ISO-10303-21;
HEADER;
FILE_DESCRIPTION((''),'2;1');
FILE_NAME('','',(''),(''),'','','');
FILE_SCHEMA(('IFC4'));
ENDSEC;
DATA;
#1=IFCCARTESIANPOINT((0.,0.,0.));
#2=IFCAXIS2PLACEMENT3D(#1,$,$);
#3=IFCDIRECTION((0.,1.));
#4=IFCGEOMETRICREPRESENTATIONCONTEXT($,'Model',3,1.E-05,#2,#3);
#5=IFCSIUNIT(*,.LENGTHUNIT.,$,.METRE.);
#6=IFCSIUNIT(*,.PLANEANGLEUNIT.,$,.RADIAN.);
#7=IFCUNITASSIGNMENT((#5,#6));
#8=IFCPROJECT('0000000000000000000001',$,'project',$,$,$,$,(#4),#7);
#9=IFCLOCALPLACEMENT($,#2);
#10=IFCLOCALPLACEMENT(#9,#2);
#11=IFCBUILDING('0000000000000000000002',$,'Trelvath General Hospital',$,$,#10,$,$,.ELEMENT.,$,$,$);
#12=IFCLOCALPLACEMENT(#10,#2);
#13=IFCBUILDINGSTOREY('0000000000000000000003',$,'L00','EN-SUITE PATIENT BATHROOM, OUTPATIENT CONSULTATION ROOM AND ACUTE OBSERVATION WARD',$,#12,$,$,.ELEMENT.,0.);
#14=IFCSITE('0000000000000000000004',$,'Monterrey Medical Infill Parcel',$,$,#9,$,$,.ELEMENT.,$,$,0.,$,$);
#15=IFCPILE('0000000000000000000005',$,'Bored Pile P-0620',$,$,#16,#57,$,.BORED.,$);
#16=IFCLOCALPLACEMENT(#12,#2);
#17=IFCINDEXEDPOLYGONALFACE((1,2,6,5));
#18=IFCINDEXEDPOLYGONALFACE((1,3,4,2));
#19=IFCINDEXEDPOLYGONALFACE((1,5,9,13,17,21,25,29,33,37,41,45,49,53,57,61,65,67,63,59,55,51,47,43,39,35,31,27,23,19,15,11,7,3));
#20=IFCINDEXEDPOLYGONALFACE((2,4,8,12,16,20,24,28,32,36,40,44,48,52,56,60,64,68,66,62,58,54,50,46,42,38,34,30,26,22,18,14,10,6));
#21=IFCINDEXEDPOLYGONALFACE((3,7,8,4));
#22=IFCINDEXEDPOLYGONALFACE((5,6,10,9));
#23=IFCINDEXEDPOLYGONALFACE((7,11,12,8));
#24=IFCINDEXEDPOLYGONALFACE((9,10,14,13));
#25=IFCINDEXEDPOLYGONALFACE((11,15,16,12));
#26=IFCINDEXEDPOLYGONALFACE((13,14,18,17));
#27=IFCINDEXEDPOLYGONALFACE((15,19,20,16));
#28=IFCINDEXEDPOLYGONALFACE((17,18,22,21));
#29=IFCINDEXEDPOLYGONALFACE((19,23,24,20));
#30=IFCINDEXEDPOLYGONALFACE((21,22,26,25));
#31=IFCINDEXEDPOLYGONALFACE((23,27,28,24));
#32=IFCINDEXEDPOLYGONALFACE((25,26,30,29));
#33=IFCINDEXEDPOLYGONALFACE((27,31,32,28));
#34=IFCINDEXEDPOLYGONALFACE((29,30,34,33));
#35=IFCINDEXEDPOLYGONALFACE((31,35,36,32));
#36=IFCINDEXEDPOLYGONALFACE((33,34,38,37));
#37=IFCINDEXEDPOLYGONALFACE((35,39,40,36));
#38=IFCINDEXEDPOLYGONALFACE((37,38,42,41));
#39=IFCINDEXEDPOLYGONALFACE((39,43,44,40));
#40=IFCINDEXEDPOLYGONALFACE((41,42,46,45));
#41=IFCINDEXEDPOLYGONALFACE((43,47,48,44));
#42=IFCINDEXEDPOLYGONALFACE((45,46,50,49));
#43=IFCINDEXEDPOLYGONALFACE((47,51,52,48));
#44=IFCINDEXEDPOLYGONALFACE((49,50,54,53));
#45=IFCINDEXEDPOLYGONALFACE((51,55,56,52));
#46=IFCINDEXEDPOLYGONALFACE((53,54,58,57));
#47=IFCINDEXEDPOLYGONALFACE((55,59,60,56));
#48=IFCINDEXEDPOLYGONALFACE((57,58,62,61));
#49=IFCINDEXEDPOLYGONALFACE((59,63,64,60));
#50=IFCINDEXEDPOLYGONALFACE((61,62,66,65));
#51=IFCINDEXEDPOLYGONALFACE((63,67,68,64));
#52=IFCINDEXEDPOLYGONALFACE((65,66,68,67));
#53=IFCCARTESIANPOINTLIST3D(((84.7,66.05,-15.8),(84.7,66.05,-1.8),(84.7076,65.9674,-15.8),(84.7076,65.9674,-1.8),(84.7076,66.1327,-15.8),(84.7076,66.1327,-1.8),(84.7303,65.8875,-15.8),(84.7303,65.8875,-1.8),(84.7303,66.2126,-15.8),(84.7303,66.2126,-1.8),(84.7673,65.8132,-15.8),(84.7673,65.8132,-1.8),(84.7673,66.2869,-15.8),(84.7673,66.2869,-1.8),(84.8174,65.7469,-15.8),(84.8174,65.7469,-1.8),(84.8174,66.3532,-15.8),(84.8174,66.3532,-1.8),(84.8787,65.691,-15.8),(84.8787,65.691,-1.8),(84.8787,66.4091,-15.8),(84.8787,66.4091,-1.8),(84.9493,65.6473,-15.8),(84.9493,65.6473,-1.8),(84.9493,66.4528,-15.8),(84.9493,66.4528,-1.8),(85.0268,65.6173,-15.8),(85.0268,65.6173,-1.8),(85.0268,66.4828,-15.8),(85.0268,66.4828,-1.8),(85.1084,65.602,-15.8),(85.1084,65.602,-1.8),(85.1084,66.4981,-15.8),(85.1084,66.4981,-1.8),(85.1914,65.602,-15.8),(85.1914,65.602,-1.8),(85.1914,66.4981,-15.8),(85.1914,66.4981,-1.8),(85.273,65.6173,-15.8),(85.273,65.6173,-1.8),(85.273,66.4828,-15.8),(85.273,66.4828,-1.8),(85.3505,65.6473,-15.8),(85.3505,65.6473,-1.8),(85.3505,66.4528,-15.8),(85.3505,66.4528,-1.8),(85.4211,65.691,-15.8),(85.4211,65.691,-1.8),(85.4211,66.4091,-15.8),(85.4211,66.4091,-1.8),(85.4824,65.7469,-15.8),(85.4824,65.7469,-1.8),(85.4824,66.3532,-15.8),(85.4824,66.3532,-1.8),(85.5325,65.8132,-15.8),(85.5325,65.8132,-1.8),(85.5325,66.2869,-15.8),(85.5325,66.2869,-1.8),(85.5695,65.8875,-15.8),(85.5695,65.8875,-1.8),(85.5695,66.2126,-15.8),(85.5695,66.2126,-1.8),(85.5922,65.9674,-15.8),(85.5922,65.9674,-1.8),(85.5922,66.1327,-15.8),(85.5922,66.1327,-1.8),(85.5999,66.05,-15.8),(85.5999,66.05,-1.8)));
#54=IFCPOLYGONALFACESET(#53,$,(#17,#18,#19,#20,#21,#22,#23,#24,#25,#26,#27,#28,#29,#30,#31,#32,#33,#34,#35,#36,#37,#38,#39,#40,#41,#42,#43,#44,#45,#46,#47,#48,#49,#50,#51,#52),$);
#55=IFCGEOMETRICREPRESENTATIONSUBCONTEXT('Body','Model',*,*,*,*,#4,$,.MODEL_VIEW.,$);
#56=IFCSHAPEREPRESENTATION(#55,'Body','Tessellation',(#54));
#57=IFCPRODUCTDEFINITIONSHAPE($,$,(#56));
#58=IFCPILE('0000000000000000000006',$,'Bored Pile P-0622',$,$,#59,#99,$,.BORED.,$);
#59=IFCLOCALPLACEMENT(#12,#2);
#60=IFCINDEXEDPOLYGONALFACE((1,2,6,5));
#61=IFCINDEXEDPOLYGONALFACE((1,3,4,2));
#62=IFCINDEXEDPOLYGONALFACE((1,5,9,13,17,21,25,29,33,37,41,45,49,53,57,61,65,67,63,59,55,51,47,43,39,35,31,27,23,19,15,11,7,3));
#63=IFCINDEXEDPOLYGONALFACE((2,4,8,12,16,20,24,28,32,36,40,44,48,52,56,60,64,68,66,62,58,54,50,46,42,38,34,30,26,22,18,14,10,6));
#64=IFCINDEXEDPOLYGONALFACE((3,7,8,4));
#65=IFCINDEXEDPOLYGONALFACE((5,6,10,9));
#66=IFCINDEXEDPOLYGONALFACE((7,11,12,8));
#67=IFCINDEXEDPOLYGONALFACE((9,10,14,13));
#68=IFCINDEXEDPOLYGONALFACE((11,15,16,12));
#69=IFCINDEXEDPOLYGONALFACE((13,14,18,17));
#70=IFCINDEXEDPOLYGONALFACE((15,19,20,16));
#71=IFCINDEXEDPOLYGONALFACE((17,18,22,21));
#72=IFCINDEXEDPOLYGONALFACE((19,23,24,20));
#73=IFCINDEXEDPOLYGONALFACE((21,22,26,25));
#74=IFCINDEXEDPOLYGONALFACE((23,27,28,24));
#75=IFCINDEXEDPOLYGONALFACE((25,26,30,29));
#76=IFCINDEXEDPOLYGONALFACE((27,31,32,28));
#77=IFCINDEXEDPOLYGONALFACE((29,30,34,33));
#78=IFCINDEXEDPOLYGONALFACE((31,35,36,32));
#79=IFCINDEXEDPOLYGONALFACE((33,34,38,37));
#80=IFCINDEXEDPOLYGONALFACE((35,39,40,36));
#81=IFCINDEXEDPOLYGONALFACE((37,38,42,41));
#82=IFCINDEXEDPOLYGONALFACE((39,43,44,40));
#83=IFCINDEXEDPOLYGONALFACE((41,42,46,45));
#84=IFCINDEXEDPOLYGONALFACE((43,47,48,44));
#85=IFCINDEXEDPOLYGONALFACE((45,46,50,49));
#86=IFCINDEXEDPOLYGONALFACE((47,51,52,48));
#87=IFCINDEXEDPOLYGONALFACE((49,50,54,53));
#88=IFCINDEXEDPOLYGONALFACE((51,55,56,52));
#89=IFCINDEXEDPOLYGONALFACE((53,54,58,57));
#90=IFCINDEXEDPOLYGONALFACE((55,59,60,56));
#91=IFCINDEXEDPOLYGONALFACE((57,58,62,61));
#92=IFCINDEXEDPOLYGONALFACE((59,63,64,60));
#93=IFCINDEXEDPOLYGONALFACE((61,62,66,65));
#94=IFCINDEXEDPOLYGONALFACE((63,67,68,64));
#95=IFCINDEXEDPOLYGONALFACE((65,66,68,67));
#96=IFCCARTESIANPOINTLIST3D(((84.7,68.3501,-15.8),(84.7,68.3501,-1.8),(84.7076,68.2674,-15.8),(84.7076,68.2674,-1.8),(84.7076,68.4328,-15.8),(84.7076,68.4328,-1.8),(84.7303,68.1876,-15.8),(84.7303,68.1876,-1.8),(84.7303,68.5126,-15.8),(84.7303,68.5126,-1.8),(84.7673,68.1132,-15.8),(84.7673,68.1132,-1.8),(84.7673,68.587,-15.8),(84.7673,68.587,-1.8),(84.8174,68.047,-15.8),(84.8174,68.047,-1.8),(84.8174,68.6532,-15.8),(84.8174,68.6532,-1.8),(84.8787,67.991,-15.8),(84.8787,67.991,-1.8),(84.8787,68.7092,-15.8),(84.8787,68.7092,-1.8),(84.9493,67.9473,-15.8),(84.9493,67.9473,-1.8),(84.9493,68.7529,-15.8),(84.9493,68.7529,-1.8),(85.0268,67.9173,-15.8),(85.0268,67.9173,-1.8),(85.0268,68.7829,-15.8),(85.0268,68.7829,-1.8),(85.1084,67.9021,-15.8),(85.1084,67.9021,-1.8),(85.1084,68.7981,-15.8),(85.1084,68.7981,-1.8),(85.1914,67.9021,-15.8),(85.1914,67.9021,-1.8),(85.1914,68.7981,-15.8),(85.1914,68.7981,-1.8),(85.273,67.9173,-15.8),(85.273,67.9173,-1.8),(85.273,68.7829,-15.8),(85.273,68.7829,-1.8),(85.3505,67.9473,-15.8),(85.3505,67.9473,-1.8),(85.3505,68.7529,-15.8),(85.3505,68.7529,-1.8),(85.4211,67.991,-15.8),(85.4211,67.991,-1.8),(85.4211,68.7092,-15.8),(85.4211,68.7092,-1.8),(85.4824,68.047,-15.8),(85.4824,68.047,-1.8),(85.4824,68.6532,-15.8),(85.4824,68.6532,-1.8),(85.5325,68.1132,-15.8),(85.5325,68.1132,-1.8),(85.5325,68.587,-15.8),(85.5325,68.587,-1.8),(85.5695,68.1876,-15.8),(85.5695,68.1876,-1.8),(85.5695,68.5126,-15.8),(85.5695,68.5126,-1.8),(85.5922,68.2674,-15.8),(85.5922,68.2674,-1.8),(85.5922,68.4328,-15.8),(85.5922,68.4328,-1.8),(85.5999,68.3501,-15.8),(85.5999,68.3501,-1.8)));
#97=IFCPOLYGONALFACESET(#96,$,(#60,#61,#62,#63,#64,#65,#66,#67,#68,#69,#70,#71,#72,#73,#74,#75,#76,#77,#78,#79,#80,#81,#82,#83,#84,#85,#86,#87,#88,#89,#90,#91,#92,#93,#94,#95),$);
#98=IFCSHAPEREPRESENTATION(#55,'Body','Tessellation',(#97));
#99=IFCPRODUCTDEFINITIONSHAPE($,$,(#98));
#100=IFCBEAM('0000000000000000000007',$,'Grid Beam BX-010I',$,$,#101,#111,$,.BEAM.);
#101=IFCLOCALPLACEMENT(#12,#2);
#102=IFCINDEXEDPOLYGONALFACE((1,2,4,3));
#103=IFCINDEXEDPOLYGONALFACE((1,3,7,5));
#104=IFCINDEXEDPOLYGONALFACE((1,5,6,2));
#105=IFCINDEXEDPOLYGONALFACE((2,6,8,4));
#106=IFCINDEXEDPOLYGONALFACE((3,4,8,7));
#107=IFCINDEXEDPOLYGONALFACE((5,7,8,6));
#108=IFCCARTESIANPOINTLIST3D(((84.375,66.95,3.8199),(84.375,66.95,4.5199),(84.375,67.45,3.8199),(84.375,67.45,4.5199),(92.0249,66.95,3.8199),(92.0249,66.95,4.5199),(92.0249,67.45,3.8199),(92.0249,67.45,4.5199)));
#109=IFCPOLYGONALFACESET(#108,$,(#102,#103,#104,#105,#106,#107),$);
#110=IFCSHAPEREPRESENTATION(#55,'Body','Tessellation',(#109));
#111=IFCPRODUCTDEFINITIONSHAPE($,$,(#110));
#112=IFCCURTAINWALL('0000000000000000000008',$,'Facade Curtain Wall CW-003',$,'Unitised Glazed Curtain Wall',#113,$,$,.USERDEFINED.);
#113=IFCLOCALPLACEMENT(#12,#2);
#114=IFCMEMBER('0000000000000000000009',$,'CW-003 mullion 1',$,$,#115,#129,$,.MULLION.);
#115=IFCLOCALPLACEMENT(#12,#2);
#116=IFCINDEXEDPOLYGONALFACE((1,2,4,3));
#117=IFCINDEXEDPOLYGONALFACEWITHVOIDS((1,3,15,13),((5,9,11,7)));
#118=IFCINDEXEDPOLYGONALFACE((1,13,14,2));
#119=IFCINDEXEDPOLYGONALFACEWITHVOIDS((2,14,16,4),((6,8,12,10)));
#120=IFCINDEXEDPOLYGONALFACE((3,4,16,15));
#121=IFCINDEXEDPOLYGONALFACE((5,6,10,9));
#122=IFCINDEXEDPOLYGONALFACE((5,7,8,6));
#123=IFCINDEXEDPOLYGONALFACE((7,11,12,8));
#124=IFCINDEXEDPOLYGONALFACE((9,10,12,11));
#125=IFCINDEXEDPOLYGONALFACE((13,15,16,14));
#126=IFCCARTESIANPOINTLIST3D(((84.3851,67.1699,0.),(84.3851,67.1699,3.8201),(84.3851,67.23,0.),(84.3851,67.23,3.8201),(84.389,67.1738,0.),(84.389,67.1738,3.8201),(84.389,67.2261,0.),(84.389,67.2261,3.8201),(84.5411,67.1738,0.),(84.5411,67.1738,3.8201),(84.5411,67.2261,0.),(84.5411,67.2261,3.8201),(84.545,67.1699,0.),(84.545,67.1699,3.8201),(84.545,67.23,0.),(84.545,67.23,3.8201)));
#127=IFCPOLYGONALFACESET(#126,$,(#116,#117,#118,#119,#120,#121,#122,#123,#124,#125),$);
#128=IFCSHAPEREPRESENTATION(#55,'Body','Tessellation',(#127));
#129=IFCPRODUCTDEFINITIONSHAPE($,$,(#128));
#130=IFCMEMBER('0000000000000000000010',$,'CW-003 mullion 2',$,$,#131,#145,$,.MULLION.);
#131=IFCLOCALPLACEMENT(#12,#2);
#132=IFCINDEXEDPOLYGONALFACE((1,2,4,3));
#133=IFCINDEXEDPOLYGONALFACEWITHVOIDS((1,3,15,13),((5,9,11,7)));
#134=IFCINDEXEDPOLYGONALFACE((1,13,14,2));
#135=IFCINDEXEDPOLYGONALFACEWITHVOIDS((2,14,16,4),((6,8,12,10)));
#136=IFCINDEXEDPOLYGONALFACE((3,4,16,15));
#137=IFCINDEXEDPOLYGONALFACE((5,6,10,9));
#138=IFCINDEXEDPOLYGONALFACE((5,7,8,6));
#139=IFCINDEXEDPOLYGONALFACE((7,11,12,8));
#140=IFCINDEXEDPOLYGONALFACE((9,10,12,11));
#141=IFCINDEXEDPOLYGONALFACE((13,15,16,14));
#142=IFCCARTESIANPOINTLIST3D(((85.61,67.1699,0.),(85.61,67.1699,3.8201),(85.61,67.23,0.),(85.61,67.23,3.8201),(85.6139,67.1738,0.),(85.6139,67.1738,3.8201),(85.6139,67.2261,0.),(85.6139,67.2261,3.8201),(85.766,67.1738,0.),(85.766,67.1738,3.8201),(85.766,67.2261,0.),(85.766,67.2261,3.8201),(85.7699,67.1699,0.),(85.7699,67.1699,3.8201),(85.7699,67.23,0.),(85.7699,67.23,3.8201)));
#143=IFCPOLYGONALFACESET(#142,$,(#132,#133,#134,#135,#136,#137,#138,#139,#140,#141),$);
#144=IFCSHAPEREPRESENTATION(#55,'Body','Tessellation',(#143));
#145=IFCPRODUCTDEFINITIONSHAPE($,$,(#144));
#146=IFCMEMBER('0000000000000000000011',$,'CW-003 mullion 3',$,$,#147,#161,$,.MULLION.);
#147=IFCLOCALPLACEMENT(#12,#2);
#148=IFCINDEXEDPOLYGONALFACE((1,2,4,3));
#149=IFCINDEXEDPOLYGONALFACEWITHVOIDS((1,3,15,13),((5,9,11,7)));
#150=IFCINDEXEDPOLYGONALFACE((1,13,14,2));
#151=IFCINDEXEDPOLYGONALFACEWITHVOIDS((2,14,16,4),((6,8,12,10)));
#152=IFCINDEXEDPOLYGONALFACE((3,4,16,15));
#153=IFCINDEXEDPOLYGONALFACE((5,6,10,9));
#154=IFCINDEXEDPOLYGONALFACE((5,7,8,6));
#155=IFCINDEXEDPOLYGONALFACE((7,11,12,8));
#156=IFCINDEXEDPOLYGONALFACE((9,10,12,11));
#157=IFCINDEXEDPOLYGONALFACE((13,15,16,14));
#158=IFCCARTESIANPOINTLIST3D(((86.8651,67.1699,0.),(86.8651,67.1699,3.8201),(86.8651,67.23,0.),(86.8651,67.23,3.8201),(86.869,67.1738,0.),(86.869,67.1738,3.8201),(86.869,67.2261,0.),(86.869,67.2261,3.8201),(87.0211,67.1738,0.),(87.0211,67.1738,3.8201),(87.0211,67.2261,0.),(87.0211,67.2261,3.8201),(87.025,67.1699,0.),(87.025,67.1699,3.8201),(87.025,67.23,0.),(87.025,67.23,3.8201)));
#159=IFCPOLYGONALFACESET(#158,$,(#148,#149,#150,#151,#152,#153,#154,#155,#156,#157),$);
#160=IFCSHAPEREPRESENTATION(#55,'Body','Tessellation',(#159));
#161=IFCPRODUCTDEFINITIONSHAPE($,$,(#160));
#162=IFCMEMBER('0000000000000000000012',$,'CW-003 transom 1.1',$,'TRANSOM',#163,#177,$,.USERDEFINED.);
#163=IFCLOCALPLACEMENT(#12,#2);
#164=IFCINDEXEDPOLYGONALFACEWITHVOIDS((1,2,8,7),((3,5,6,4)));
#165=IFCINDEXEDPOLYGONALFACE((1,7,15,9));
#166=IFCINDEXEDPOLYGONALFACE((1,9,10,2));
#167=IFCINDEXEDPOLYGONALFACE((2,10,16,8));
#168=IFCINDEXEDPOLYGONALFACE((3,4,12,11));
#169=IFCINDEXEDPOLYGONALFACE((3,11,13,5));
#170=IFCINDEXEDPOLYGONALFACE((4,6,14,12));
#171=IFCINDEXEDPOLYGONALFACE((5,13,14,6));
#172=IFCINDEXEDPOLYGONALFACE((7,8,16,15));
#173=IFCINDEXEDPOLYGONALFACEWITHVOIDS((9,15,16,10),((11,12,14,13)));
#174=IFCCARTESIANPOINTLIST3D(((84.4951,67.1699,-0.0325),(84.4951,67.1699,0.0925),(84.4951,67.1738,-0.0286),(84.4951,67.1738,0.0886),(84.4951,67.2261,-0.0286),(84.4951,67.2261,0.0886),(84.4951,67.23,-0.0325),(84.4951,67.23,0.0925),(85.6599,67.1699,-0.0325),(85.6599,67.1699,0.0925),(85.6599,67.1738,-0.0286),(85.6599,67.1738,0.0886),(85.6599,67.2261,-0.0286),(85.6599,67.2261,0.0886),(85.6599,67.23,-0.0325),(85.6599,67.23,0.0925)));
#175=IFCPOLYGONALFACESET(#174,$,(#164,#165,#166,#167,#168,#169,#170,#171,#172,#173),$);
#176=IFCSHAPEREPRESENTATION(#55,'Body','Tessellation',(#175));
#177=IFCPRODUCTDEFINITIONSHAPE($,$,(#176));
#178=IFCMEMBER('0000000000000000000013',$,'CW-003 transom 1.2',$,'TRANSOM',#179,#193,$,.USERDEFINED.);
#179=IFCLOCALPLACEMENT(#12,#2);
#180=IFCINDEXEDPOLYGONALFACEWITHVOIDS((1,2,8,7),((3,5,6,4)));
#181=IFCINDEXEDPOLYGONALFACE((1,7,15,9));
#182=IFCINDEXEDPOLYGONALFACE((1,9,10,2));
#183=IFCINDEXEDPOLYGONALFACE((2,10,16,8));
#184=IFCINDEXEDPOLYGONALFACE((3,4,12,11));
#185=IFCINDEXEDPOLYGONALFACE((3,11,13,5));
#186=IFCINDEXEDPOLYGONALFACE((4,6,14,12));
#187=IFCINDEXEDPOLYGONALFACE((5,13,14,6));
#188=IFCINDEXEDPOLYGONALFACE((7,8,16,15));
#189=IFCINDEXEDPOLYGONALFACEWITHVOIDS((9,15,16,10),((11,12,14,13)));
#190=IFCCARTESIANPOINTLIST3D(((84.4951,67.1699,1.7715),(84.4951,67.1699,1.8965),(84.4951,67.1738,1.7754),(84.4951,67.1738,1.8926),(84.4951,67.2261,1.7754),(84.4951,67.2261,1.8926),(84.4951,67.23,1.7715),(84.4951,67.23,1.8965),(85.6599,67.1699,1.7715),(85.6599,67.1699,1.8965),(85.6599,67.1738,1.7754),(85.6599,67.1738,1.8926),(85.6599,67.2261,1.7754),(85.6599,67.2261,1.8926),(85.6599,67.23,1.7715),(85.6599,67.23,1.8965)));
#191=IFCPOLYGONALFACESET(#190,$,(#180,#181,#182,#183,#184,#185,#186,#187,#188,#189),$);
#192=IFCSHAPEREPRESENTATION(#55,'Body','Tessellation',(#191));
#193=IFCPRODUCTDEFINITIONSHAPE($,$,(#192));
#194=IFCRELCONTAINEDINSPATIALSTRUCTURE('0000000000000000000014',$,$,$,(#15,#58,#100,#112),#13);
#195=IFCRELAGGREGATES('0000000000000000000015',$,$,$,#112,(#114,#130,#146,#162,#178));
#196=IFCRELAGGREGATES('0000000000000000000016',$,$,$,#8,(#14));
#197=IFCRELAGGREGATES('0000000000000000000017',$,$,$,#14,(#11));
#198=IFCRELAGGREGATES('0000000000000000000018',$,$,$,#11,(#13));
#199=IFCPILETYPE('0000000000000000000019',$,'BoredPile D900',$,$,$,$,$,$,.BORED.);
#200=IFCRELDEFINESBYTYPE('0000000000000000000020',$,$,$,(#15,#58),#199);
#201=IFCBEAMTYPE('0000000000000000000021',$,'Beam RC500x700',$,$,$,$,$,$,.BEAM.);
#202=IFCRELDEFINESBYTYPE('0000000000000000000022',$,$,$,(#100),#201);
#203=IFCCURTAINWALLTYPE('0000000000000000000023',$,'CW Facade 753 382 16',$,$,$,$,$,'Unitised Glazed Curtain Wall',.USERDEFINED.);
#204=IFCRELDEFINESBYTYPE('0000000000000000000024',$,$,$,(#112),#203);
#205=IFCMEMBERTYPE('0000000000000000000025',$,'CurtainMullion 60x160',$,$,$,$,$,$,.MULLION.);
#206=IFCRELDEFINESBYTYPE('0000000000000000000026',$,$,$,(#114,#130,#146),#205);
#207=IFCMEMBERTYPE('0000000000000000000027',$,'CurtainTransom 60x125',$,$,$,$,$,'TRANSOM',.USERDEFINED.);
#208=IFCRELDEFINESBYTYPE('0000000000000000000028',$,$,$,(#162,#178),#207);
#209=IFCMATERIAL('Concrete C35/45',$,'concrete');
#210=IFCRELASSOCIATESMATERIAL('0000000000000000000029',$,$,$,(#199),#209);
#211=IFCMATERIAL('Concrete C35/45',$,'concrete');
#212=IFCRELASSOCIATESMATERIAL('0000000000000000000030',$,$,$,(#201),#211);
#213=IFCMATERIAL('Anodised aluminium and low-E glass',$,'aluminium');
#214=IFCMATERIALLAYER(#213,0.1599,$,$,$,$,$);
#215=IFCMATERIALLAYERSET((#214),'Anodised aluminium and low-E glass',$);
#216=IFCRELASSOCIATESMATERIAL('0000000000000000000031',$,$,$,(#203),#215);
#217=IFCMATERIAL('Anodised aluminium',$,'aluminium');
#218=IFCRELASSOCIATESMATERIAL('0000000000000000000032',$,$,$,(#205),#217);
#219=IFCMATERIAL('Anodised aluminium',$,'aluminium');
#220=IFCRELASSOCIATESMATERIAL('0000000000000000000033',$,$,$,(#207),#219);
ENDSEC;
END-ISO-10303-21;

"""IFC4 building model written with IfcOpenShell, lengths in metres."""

from ifc_helpers import new_model, si_unit, direction, frame, origin, origin_2d, place, context, subcontext, project, spatial, rectangle, hollow_rectangle, circle, extrude, material, layer, layer_set, material_profile, profile_set, type_object, element, aggregate, save


model = new_model("IFC4")

# Units and contexts
model_context = context("Model", 3, precision=1e-05, world=origin(), true_north=direction((0.0, 1.0)))
body_context = subcontext(model_context, "Body", "Model", "MODEL_VIEW")
ifc_project = project(units=[si_unit("LENGTHUNIT", "METRE"), si_unit("PLANEANGLEUNIT", "RADIAN")], contexts=[model_context])

# Site, building, storey
site_placement = place(None, origin())
site = spatial("IfcSite", under=ifc_project, at=site_placement, Name="Monterrey Medical Infill Parcel", CompositionType="ELEMENT", RefElevation=0.0)
building_placement = place(site_placement, origin())
building = spatial("IfcBuilding", under=site, at=building_placement, Name="Trelvath General Hospital", CompositionType="ELEMENT")
storey_placement = place(building_placement, origin())
storey = spatial("IfcBuildingStorey", under=building, at=storey_placement, Name="L00", Description="EN-SUITE PATIENT BATHROOM, OUTPATIENT CONSULTATION ROOM AND ACUTE OBSERVATION WARD", CompositionType="ELEMENT", Elevation=0.0)

# Piles
ifc_material_1 = material(Name="Concrete C35/45", Category="concrete")
ifc_material_profile_1 = material_profile(ifc_material_1, circle(Radius=0.45, at=origin_2d()), Name="PILE900")
ifc_profile_set_1 = profile_set([ifc_material_profile_1], Name="Concrete C35/45")
pile_type = type_object("IfcPileType", Name="BoredPile D900", PredefinedType="BORED", material=ifc_profile_set_1)
for number, where, z_axis, x_axis, name in (
    (1, (85.1499, 66.05, -1.8), (0.0, 0.0, -1.0), (1.0, 0.0, 0.0), "Bored Pile P-0620"),
    (2, (85.1499, 68.3501, -1.8), (0.0, 0.0, -1.0), (1.0, 0.0, 0.0), "Bored Pile P-0622"),
):
    element("IfcPile", number, at=place(storey_placement, frame(where, z_axis=z_axis, x_axis=x_axis)), inside=storey, type_object=pile_type, Name=name, PredefinedType="BORED", context=body_context, shape_type="SweptSolid", body=[
        extrude(circle(Radius=0.45, at=origin_2d()), origin(), (0.0, 0.0, 1.0), 14.0),
    ])

# Beam
ifc_material_2 = material(Name="Concrete C35/45", Category="concrete")
ifc_material_profile_2 = material_profile(ifc_material_2, rectangle(XDim=0.5, YDim=0.7, at=origin_2d()), Name="RCB500x700")
ifc_profile_set_2 = profile_set([ifc_material_profile_2], Name="Concrete C35/45")
beam_type = type_object("IfcBeamType", Name="Beam RC500x700", PredefinedType="BEAM", material=ifc_profile_set_2)
beam_placement = place(storey_placement, frame((84.375, 67.2, 4.1699), z_axis=(1.0, 0.0, 0.0), x_axis=(0.0, 1.0, 0.0)))
element("IfcBeam", 3, at=beam_placement, inside=storey, type_object=beam_type, Name="Grid Beam BX-010I", PredefinedType="BEAM", context=body_context, shape_type="SweptSolid", body=[
    extrude(rectangle(XDim=0.5, YDim=0.7, at=origin_2d()), origin(), (0.0, 0.0, 1.0), 7.6499),
])

# Curtain wall, members
ifc_material_3 = material(Name="Anodised aluminium and low-E glass", Category="aluminium")
ifc_layer_1 = layer(ifc_material_3, 0.1599)
ifc_layer_set_1 = layer_set([ifc_layer_1], Name="Anodised aluminium and low-E glass")
curtain_wall_type = type_object("IfcCurtainWallType", Name="CW Facade 753 382 16", ElementType="Unitised Glazed Curtain Wall", PredefinedType="USERDEFINED", material=ifc_layer_set_1)
curtain_wall_placement = place(storey_placement, origin())
curtain_wall = element("IfcCurtainWall", 4, at=curtain_wall_placement, inside=storey, type_object=curtain_wall_type, Name="Facade Curtain Wall CW-003", ObjectType="Unitised Glazed Curtain Wall", PredefinedType="USERDEFINED")
ifc_material_4 = material(Name="Anodised aluminium", Category="aluminium")
ifc_material_profile_3 = material_profile(ifc_material_4, hollow_rectangle(XDim=0.0601, YDim=0.1599, WallThickness=0.0039, at=origin_2d()), Name="RHS60x160x4")
ifc_profile_set_3 = profile_set([ifc_material_profile_3], Name="Anodised aluminium")
member_type_1 = type_object("IfcMemberType", Name="CurtainMullion 60x160", PredefinedType="MULLION", material=ifc_profile_set_3)
member_1_placement = place(storey_placement, frame((84.4651, 67.2, 0.0), z_axis=(0.0, 0.0, 1.0), x_axis=(0.0, 1.0, 0.0)))
member_1 = element("IfcMember", 5, at=member_1_placement, type_object=member_type_1, Name="CW-003 mullion 1", PredefinedType="MULLION", context=body_context, shape_type="SweptSolid", body=[
    extrude(hollow_rectangle(XDim=0.0601, YDim=0.1599, WallThickness=0.0039, at=origin_2d()), origin(), (0.0, 0.0, 1.0), 3.8201),
])
member_2_placement = place(storey_placement, frame((85.6899, 67.2, 0.0), z_axis=(0.0, 0.0, 1.0), x_axis=(0.0, 1.0, 0.0)))
member_2 = element("IfcMember", 6, at=member_2_placement, type_object=member_type_1, Name="CW-003 mullion 2", PredefinedType="MULLION", context=body_context, shape_type="SweptSolid", body=[
    extrude(hollow_rectangle(XDim=0.0601, YDim=0.1599, WallThickness=0.0039, at=origin_2d()), origin(), (0.0, 0.0, 1.0), 3.8201),
])
member_3_placement = place(storey_placement, frame((86.9451, 67.2, 0.0), z_axis=(0.0, 0.0, 1.0), x_axis=(0.0, 1.0, 0.0)))
member_3 = element("IfcMember", 7, at=member_3_placement, type_object=member_type_1, Name="CW-003 mullion 3", PredefinedType="MULLION", context=body_context, shape_type="SweptSolid", body=[
    extrude(hollow_rectangle(XDim=0.0601, YDim=0.1599, WallThickness=0.0039, at=origin_2d()), origin(), (0.0, 0.0, 1.0), 3.8201),
])
ifc_material_5 = material(Name="Anodised aluminium", Category="aluminium")
ifc_material_profile_4 = material_profile(ifc_material_5, hollow_rectangle(XDim=0.0601, YDim=0.125, WallThickness=0.0039, at=origin_2d()), Name="RHS60x125x4")
ifc_profile_set_4 = profile_set([ifc_material_profile_4], Name="Anodised aluminium")
member_type_2 = type_object("IfcMemberType", Name="CurtainTransom 60x125", ElementType="TRANSOM", PredefinedType="USERDEFINED", material=ifc_profile_set_4)
member_4_placement = place(storey_placement, frame((84.4951, 67.2, 0.03), z_axis=(1.0, 0.0, 0.0), x_axis=(0.0, 1.0, 0.0)))
member_4 = element("IfcMember", 8, at=member_4_placement, type_object=member_type_2, Name="CW-003 transom 1.1", ObjectType="TRANSOM", PredefinedType="USERDEFINED", context=body_context, shape_type="SweptSolid", body=[
    extrude(hollow_rectangle(XDim=0.0601, YDim=0.125, WallThickness=0.0039, at=origin_2d()), origin(), (0.0, 0.0, 1.0), 1.1648),
])
member_5_placement = place(storey_placement, frame((84.4951, 67.2, 1.834), z_axis=(1.0, 0.0, 0.0), x_axis=(0.0, 1.0, 0.0)))
member_5 = element("IfcMember", 9, at=member_5_placement, type_object=member_type_2, Name="CW-003 transom 1.2", ObjectType="TRANSOM", PredefinedType="USERDEFINED", context=body_context, shape_type="SweptSolid", body=[
    extrude(hollow_rectangle(XDim=0.0601, YDim=0.125, WallThickness=0.0039, at=origin_2d()), origin(), (0.0, 0.0, 1.0), 1.1648),
])
aggregate(curtain_wall, [member_1, member_2, member_3, member_4, member_5])

save(model, "model.ifc")
